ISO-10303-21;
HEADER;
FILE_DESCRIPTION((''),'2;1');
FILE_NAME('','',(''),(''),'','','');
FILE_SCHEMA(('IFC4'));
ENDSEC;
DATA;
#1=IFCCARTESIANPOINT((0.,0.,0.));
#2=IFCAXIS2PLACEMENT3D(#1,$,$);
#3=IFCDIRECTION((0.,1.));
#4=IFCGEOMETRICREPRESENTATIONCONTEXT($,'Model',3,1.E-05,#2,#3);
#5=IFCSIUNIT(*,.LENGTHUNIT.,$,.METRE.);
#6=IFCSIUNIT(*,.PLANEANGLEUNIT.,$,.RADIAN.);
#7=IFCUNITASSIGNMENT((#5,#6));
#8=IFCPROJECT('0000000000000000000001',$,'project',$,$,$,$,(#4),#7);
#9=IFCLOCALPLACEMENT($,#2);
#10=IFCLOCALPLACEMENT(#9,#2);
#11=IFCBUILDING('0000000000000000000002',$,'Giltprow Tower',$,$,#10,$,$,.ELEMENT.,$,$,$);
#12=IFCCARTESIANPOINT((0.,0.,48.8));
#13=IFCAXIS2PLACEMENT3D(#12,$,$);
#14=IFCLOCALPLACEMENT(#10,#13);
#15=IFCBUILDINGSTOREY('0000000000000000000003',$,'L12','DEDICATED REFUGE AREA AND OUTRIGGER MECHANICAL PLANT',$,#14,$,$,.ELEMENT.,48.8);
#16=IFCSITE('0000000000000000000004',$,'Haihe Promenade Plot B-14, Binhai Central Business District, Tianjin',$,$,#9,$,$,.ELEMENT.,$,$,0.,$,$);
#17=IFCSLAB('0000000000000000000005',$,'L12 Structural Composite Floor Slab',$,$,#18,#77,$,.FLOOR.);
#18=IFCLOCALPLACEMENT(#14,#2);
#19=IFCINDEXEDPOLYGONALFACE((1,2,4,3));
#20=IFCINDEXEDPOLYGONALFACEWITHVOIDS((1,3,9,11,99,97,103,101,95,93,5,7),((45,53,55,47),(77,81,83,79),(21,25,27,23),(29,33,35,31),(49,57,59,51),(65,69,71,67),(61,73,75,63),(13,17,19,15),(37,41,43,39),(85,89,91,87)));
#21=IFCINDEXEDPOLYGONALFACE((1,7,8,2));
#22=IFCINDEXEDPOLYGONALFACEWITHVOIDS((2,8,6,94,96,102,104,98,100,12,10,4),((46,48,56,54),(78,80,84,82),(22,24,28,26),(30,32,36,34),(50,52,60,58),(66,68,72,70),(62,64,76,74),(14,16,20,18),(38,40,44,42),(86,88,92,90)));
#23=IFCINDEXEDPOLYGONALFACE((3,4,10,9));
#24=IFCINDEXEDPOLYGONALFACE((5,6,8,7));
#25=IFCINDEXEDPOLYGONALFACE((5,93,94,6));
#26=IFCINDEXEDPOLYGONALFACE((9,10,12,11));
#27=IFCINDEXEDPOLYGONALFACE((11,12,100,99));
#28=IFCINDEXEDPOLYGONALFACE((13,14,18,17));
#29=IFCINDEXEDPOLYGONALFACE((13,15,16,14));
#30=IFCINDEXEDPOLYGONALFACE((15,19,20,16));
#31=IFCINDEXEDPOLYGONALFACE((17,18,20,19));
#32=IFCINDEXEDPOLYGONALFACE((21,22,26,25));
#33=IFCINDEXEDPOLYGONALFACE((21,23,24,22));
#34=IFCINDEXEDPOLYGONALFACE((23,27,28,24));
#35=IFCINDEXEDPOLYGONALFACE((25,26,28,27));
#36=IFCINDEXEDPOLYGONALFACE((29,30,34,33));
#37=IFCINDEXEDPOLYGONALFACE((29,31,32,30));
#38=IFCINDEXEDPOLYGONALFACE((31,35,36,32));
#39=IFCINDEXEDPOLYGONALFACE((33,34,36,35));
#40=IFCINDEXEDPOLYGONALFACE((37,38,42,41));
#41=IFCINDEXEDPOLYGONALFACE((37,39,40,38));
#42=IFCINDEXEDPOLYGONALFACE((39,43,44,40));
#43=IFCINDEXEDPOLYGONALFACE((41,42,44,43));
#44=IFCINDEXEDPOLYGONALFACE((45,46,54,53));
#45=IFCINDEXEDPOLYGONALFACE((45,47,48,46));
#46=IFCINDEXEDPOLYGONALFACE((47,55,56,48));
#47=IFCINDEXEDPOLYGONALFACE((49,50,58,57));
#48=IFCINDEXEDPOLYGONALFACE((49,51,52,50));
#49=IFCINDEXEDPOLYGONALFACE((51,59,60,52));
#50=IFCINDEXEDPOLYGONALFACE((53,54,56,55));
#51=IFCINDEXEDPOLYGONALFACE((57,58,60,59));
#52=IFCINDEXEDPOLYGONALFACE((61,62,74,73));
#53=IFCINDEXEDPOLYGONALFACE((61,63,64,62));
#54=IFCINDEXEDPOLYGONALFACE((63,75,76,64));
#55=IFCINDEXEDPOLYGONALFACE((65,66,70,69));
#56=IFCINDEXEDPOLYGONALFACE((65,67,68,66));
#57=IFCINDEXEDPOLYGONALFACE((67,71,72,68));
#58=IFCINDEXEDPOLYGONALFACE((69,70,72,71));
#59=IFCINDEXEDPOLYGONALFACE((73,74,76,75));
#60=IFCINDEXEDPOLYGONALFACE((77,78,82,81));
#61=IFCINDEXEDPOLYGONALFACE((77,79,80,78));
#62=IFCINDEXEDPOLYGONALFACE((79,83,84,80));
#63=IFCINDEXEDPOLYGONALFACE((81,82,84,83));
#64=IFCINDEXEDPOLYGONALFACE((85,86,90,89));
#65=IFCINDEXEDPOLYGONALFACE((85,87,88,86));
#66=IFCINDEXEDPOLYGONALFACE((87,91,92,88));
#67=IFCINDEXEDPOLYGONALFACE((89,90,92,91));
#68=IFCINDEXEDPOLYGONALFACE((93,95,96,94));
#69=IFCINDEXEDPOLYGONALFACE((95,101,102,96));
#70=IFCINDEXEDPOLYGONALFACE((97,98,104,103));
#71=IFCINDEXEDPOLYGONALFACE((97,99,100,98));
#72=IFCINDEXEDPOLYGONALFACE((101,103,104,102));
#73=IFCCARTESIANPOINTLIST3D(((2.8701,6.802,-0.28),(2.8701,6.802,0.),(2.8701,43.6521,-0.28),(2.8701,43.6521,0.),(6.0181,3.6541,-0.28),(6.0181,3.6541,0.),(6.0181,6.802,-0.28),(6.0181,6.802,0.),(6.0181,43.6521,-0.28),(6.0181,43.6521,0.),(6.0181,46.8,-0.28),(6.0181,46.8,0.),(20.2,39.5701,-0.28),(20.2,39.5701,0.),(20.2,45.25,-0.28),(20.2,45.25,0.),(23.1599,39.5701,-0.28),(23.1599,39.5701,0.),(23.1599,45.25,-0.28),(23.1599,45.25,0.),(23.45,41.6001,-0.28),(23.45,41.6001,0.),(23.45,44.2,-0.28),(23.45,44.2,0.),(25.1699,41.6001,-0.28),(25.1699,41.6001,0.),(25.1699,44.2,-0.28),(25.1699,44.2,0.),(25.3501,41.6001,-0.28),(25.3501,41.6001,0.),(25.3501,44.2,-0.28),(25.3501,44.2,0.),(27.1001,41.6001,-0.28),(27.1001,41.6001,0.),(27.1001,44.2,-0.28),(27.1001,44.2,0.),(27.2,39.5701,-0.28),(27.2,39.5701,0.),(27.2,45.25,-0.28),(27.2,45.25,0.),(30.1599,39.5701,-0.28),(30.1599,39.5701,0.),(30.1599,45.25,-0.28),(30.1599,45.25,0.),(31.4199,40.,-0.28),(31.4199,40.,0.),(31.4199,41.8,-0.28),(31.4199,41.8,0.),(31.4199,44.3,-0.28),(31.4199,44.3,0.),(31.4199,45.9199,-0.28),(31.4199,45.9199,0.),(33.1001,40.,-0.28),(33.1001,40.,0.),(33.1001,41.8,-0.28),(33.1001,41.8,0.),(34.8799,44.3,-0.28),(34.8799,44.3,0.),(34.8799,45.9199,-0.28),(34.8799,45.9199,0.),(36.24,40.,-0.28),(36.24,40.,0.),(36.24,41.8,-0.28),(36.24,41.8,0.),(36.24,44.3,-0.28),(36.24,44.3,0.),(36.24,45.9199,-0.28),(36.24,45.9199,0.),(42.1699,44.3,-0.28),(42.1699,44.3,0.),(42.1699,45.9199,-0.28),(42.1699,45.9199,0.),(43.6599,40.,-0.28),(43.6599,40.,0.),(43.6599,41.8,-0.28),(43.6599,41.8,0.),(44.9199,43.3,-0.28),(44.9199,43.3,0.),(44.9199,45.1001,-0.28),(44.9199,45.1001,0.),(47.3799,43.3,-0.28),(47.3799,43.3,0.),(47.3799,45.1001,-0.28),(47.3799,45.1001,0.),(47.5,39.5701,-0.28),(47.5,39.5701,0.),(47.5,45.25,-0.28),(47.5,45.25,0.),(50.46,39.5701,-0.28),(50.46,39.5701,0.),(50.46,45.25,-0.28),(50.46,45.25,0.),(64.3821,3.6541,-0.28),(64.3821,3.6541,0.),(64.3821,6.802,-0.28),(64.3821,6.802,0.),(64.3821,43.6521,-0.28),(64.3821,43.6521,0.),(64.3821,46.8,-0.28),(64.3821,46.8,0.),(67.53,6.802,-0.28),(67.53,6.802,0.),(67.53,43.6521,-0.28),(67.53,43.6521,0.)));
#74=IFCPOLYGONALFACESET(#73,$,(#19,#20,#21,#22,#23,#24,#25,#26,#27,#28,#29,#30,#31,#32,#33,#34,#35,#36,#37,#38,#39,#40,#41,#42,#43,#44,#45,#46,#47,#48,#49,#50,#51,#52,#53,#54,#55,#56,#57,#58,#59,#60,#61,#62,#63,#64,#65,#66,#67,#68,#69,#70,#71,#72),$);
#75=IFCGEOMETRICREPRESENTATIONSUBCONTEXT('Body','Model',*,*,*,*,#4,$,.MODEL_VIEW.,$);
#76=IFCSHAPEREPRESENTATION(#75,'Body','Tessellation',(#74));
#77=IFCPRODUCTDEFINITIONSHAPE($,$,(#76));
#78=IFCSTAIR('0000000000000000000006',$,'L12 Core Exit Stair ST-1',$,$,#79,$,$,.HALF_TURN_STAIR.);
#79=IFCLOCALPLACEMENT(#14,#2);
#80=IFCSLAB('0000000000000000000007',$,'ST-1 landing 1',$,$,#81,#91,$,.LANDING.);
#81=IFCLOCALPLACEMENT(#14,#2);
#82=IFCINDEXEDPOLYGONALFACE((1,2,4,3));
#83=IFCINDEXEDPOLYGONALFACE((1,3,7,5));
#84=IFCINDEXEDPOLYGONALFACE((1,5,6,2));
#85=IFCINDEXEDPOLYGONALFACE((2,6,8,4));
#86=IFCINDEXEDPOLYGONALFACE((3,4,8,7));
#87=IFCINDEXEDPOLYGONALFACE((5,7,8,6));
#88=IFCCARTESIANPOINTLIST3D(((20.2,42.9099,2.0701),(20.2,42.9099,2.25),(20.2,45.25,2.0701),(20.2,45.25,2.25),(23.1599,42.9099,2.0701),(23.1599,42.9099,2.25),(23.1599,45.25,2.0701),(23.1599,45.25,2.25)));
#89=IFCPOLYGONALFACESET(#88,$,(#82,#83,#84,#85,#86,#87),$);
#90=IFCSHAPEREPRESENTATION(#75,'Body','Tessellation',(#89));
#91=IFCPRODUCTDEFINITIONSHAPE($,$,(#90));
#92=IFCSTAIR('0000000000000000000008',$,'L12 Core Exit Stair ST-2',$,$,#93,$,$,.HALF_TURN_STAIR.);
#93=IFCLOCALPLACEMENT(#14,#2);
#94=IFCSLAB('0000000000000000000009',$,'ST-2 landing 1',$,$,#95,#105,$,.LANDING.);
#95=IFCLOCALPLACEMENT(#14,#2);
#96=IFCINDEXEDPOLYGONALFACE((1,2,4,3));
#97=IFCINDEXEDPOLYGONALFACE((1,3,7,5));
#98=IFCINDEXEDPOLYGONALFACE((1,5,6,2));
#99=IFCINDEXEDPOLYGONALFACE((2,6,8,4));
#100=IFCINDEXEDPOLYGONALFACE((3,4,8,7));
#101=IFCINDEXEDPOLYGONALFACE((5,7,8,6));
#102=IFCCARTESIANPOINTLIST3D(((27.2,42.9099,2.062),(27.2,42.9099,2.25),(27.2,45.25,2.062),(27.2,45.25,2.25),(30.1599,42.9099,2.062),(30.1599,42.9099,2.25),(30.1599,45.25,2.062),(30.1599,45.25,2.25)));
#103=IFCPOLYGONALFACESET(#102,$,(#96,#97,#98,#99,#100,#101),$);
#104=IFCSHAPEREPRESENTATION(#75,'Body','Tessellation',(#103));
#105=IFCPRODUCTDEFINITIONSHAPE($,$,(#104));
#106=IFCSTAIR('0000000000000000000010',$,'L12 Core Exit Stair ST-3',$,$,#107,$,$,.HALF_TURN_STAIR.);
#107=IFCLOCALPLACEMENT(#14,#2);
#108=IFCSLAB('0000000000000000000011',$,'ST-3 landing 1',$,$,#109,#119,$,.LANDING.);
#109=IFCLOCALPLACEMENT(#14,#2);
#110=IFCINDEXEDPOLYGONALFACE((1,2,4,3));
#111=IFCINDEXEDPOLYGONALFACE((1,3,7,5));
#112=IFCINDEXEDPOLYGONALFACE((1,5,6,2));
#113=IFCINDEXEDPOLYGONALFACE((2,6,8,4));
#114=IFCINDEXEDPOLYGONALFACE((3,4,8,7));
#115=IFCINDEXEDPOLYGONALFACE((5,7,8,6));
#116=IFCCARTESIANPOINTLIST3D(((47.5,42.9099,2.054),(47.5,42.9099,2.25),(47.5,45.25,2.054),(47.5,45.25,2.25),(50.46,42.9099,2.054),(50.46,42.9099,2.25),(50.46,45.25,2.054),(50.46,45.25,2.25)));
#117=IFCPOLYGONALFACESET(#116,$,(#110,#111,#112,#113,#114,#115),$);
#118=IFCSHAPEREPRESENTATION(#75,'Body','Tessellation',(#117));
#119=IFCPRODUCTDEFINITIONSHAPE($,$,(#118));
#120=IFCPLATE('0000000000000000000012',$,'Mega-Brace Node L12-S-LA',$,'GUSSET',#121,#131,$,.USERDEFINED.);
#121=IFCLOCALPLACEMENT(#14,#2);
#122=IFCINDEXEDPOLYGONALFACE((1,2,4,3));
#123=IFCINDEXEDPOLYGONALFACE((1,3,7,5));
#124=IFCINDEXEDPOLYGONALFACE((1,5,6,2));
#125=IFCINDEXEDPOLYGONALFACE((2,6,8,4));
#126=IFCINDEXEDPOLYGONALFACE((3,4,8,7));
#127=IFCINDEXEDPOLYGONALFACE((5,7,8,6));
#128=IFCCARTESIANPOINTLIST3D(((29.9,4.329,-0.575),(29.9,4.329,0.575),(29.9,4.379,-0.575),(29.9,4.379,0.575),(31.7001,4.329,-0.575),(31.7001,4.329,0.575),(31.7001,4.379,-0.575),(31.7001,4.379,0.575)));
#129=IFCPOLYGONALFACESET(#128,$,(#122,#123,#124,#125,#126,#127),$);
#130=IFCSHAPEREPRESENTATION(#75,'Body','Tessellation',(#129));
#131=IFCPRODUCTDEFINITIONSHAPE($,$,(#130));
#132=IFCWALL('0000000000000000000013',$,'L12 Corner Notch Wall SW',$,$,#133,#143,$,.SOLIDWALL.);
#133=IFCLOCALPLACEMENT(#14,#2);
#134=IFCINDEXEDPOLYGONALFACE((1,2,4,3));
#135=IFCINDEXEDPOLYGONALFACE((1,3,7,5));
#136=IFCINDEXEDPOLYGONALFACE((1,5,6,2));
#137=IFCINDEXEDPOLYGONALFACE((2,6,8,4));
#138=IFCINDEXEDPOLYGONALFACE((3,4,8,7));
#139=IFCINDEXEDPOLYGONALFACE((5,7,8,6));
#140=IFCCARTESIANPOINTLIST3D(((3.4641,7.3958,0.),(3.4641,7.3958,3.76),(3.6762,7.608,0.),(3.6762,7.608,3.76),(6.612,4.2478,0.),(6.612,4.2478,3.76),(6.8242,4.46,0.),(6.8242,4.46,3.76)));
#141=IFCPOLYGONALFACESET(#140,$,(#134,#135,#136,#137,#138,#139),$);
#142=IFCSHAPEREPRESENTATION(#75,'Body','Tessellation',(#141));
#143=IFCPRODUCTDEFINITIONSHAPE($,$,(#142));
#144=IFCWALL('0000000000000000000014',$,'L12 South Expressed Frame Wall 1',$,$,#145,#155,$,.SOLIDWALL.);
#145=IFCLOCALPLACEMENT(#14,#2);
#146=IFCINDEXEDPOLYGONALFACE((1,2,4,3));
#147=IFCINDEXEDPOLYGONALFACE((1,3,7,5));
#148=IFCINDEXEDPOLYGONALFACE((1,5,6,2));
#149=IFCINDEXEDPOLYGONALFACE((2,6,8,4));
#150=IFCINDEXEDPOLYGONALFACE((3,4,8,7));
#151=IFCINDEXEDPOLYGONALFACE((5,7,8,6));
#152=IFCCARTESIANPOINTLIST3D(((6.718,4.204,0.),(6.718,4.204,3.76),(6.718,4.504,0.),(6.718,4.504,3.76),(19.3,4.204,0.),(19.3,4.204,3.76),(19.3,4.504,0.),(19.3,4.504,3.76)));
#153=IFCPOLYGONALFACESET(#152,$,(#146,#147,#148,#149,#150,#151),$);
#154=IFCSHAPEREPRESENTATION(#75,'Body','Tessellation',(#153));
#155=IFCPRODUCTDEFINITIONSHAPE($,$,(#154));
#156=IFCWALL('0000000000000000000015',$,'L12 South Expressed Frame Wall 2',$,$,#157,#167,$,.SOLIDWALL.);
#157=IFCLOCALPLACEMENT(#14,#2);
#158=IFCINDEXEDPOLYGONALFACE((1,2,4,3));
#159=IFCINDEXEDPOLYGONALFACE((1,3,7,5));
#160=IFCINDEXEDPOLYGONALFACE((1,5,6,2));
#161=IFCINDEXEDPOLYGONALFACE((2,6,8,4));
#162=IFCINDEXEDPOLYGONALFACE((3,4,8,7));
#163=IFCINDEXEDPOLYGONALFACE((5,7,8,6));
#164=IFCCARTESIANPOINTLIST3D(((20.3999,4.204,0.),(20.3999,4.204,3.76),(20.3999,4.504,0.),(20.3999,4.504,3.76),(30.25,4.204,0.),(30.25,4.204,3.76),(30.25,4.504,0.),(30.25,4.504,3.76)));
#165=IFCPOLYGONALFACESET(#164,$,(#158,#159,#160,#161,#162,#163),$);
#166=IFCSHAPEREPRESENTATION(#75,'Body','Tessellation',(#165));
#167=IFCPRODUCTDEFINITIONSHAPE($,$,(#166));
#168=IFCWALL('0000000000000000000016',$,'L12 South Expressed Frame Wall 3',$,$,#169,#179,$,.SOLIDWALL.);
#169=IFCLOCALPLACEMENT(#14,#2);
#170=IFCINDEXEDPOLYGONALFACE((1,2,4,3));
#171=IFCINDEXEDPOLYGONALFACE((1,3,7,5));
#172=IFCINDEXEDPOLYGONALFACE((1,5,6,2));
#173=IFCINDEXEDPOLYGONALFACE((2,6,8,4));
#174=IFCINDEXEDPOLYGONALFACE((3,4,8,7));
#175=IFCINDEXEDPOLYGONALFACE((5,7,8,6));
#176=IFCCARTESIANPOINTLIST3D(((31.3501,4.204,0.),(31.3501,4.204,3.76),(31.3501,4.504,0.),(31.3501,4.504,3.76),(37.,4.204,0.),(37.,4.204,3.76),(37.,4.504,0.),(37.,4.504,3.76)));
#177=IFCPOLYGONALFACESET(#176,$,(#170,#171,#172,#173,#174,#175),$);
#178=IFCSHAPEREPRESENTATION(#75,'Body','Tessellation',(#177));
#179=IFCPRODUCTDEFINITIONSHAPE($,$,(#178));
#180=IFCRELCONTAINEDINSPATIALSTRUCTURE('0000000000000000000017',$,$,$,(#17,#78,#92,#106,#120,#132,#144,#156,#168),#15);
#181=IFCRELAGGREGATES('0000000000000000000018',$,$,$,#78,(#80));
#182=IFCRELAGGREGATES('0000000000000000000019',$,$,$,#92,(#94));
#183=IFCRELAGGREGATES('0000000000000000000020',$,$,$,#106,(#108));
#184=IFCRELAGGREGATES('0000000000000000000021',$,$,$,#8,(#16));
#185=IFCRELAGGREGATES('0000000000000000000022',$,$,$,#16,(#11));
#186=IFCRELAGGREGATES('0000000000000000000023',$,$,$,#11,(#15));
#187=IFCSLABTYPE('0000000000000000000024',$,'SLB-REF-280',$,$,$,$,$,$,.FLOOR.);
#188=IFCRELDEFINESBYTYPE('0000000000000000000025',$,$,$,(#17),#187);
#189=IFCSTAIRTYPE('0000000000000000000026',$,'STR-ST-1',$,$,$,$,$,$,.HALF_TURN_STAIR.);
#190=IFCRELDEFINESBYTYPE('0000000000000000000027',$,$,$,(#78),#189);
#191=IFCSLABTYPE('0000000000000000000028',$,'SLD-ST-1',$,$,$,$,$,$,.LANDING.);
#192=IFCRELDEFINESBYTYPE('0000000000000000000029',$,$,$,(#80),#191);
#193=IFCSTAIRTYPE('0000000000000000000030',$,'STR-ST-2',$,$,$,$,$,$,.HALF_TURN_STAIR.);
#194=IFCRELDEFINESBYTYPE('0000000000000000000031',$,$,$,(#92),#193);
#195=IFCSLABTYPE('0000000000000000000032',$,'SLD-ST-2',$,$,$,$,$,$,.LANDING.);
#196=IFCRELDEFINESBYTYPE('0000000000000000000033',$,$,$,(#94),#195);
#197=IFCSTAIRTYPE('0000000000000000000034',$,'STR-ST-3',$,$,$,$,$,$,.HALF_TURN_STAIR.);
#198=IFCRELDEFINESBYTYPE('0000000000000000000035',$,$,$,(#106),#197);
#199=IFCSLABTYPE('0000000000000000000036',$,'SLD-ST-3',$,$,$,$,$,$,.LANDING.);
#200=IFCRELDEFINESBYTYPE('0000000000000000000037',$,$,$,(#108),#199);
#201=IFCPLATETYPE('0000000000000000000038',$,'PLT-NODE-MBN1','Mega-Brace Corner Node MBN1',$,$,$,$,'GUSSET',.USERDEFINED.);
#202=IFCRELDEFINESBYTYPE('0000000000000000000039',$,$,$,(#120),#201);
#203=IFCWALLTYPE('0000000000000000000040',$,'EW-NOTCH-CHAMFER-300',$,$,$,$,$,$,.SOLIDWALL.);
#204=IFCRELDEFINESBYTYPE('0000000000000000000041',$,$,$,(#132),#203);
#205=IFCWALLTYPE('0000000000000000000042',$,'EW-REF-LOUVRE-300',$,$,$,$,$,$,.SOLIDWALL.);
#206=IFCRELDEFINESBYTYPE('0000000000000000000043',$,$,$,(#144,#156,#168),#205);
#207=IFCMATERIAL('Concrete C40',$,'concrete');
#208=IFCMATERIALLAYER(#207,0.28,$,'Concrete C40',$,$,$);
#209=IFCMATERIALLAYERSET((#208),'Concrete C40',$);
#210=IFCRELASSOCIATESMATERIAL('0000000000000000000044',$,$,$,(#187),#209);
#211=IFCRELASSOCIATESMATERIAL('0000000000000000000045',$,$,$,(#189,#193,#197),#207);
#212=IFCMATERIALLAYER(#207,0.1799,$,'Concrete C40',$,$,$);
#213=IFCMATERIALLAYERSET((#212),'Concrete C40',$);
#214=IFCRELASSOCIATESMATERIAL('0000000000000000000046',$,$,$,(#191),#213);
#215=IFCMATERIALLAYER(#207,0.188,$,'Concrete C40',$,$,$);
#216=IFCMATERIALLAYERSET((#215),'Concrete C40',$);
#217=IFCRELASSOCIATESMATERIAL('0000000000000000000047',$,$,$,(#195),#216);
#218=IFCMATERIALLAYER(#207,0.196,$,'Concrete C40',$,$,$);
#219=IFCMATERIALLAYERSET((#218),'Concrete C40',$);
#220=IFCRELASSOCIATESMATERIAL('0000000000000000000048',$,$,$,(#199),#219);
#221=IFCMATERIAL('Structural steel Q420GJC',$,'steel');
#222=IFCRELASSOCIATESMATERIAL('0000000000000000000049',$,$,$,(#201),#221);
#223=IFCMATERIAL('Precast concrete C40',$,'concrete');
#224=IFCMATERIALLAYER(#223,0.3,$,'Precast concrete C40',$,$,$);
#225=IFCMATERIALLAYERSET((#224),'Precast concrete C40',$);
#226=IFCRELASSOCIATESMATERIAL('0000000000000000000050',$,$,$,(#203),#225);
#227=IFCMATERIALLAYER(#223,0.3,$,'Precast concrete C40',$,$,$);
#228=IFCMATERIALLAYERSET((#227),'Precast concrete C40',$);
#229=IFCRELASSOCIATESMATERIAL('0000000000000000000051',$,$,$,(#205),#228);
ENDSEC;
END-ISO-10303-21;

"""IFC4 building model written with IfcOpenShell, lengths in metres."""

from ifc_helpers import new_model, si_unit, direction, frame, frame_2d, origin, origin_2d, place, context, subcontext, project, spatial, polyline, rectangle, outline, extrude, source, transform, mapped, material, layer, layer_set, type_object, element, aggregate, save


model = new_model("IFC4")

# Units and contexts
model_context = context("Model", 3, precision=1e-05, world=origin(), true_north=direction((0.0, 1.0)))
body_context = subcontext(model_context, "Body", "Model", "MODEL_VIEW")
ifc_project = project(units=[si_unit("LENGTHUNIT", "METRE"), si_unit("PLANEANGLEUNIT", "RADIAN")], contexts=[model_context])

# Site, building, storey
site_placement = place(None, origin())
site = spatial("IfcSite", under=ifc_project, at=site_placement, Name="Haihe Promenade Plot B-14, Binhai Central Business District, Tianjin", CompositionType="ELEMENT", RefElevation=0.0)
building_placement = place(site_placement, origin())
building = spatial("IfcBuilding", under=site, at=building_placement, Name="Giltprow Tower", CompositionType="ELEMENT")
storey_placement = place(building_placement, frame((0.0, 0.0, 48.8)))
storey = spatial("IfcBuildingStorey", under=building, at=storey_placement, Name="L12", Description="DEDICATED REFUGE AREA AND OUTRIGGER MECHANICAL PLANT", CompositionType="ELEMENT", Elevation=48.8)

# Shared definitions
ifc_material_1 = material(Name="Structural steel Q420GJC", Category="steel")

# Slab
ifc_material_2 = material(Name="Concrete C40", Category="concrete")
ifc_layer_1 = layer(ifc_material_2, 0.28, Name="Concrete C40")
ifc_layer_set_1 = layer_set([ifc_layer_1], Name="Concrete C40")
slab_type_1 = type_object("IfcSlabType", Name="SLB-REF-280", PredefinedType="FLOOR", material=ifc_layer_set_1)
slab_1_placement = place(storey_placement, frame((0.0, 0.0, -0.28)))
element("IfcSlab", 1, at=slab_1_placement, inside=storey, type_object=slab_type_1, Name="L12 Structural Composite Floor Slab", PredefinedType="FLOOR", context=body_context, shape_type="SweptSolid", body=[
    extrude(outline(polyline([(6.0181, 6.802), (2.8701, 6.802), (2.8701, 43.6521), (6.0181, 43.6521), (6.0181, 46.8), (64.3821, 46.8), (64.3821, 43.6521), (67.53, 43.6521), (67.53, 6.802), (64.3821, 6.802), (64.3821, 3.6541), (6.0181, 3.6541), (6.0181, 6.802)]), holes=[polyline([(31.4199, 41.8), (31.4199, 40.0), (33.1001, 40.0), (33.1001, 41.8), (31.4199, 41.8)]), polyline([(43.6599, 41.8), (36.24, 41.8), (36.24, 40.0), (43.6599, 40.0), (43.6599, 41.8)]), polyline([(23.1599, 45.25), (20.2, 45.25), (20.2, 39.5701), (23.1599, 39.5701), (23.1599, 45.25)]), polyline([(30.1599, 39.5701), (30.1599, 45.25), (27.2, 45.25), (27.2, 39.5701), (30.1599, 39.5701)]), polyline([(50.46, 39.5701), (50.46, 45.25), (47.5, 45.25), (47.5, 39.5701), (50.46, 39.5701)]), polyline([(25.1699, 44.2), (23.45, 44.2), (23.45, 41.6001), (25.1699, 41.6001), (25.1699, 44.2)]), polyline([(27.1001, 44.2), (25.3501, 44.2), (25.3501, 41.6001), (27.1001, 41.6001), (27.1001, 44.2)]), polyline([(47.3799, 45.1001), (44.9199, 45.1001), (44.9199, 43.3), (47.3799, 43.3), (47.3799, 45.1001)]), polyline([(34.8799, 44.3), (34.8799, 45.9199), (31.4199, 45.9199), (31.4199, 44.3), (34.8799, 44.3)]), polyline([(42.1699, 44.3), (42.1699, 45.9199), (36.24, 45.9199), (36.24, 44.3), (42.1699, 44.3)])]), origin(), (0.0, 0.0, 1.0), 0.28),
])

# Stairs, slabs
stair_type_1 = type_object("IfcStairType", Name="STR-ST-1", PredefinedType="HALF_TURN_STAIR", material=ifc_material_2)
stair_1_placement = place(storey_placement, origin())
stair_1 = element("IfcStair", 2, at=stair_1_placement, inside=storey, type_object=stair_type_1, Name="L12 Core Exit Stair ST-1", PredefinedType="HALF_TURN_STAIR")
ifc_layer_2 = layer(ifc_material_2, 0.1799, Name="Concrete C40")
ifc_layer_set_2 = layer_set([ifc_layer_2], Name="Concrete C40")
slab_type_2 = type_object("IfcSlabType", Name="SLD-ST-1", PredefinedType="LANDING", material=ifc_layer_set_2)
slab_2_placement = place(storey_placement, frame((0.0, 0.0, 2.0701)))
slab_2 = element("IfcSlab", 3, at=slab_2_placement, type_object=slab_type_2, Name="ST-1 landing 1", PredefinedType="LANDING", context=body_context, shape_type="SweptSolid", body=[
    extrude(outline(polyline([(23.1599, 42.9099), (23.1599, 45.25), (20.2, 45.25), (20.2, 42.9099), (23.1599, 42.9099)])), origin(), (0.0, 0.0, 1.0), 0.1799),
])
aggregate(stair_1, [slab_2])
stair_type_2 = type_object("IfcStairType", Name="STR-ST-2", PredefinedType="HALF_TURN_STAIR", material=ifc_material_2)
stair_2_placement = place(storey_placement, origin())
stair_2 = element("IfcStair", 4, at=stair_2_placement, inside=storey, type_object=stair_type_2, Name="L12 Core Exit Stair ST-2", PredefinedType="HALF_TURN_STAIR")
ifc_layer_3 = layer(ifc_material_2, 0.188, Name="Concrete C40")
ifc_layer_set_3 = layer_set([ifc_layer_3], Name="Concrete C40")
slab_type_3 = type_object("IfcSlabType", Name="SLD-ST-2", PredefinedType="LANDING", material=ifc_layer_set_3)
slab_3_placement = place(storey_placement, frame((0.0, 0.0, 2.062)))
slab_3 = element("IfcSlab", 5, at=slab_3_placement, type_object=slab_type_3, Name="ST-2 landing 1", PredefinedType="LANDING", context=body_context, shape_type="SweptSolid", body=[
    extrude(outline(polyline([(30.1599, 42.9099), (30.1599, 45.25), (27.2, 45.25), (27.2, 42.9099), (30.1599, 42.9099)])), origin(), (0.0, 0.0, 1.0), 0.188),
])
aggregate(stair_2, [slab_3])
stair_type_3 = type_object("IfcStairType", Name="STR-ST-3", PredefinedType="HALF_TURN_STAIR", material=ifc_material_2)
stair_3_placement = place(storey_placement, origin())
stair_3 = element("IfcStair", 6, at=stair_3_placement, inside=storey, type_object=stair_type_3, Name="L12 Core Exit Stair ST-3", PredefinedType="HALF_TURN_STAIR")
ifc_layer_4 = layer(ifc_material_2, 0.196, Name="Concrete C40")
ifc_layer_set_4 = layer_set([ifc_layer_4], Name="Concrete C40")
slab_type_4 = type_object("IfcSlabType", Name="SLD-ST-3", PredefinedType="LANDING", material=ifc_layer_set_4)
slab_4_placement = place(storey_placement, frame((0.0, 0.0, 2.054)))
slab_4 = element("IfcSlab", 7, at=slab_4_placement, type_object=slab_type_4, Name="ST-3 landing 1", PredefinedType="LANDING", context=body_context, shape_type="SweptSolid", body=[
    extrude(outline(polyline([(50.46, 42.9099), (50.46, 45.25), (47.5, 45.25), (47.5, 42.9099), (50.46, 42.9099)])), origin(), (0.0, 0.0, 1.0), 0.196),
])
aggregate(stair_3, [slab_4])

# Plate
plate_type = type_object("IfcPlateType", Name="PLT-NODE-MBN1", Description="Mega-Brace Corner Node MBN1", ElementType="GUSSET", PredefinedType="USERDEFINED", material=ifc_material_1)
shared_shape_1 = source(origin(), body_context, "Body", "SweptSolid", [
    extrude(rectangle(XDim=1.8, YDim=0.05, at=origin_2d()), origin(), (0.0, 0.0, 1.0), 1.1499),
])
plate_placement = place(storey_placement, frame((30.8, 4.354, -0.575), z_axis=(0.0, 0.0, 1.0), x_axis=(1.0, 0.0, 0.0)))
element("IfcPlate", 8, at=plate_placement, inside=storey, type_object=plate_type, Name="Mega-Brace Node L12-S-LA", ObjectType="GUSSET", PredefinedType="USERDEFINED", context=body_context, shape_type="MappedRepresentation", body=[
    mapped(shared_shape_1, transform((0.0, 0.0, 0.0), x_axis=(1.0, 0.0, 0.0), y_axis=(0.0, 1.0, 0.0), z_axis=(0.0, 0.0, 1.0), scale=1.0)),
])

# Walls
ifc_material_3 = material(Name="Precast concrete C40", Category="concrete")
ifc_layer_5 = layer(ifc_material_3, 0.3, Name="Precast concrete C40")
ifc_layer_set_5 = layer_set([ifc_layer_5], Name="Precast concrete C40")
wall_type_1 = type_object("IfcWallType", Name="EW-NOTCH-CHAMFER-300", PredefinedType="SOLIDWALL", material=ifc_layer_set_5)
wall_1_placement = place(storey_placement, frame((3.5701, 7.502, 0.0), z_axis=(0.0, 0.0, 1.0), x_axis=(0.707107, -0.707107, 0.0)))
element("IfcWall", 9, at=wall_1_placement, inside=storey, type_object=wall_type_1, Name="L12 Corner Notch Wall SW", PredefinedType="SOLIDWALL", context=body_context, shape_type="SweptSolid", body=[
    extrude(rectangle(XDim=4.4519, YDim=0.3, at=frame_2d((2.2261, 0.0))), origin(), (0.0, 0.0, 1.0), 3.76),
])
ifc_layer_6 = layer(ifc_material_3, 0.3, Name="Precast concrete C40")
ifc_layer_set_6 = layer_set([ifc_layer_6], Name="Precast concrete C40")
wall_type_2 = type_object("IfcWallType", Name="EW-REF-LOUVRE-300", PredefinedType="SOLIDWALL", material=ifc_layer_set_6)
wall_2_placement = place(storey_placement, frame((6.718, 4.354, 0.0), z_axis=(0.0, 0.0, 1.0), x_axis=(1.0, 0.0, 0.0)))
element("IfcWall", 10, at=wall_2_placement, inside=storey, type_object=wall_type_2, Name="L12 South Expressed Frame Wall 1", PredefinedType="SOLIDWALL", context=body_context, shape_type="SweptSolid", body=[
    extrude(rectangle(XDim=12.582, YDim=0.3, at=frame_2d((6.291, 0.0))), origin(), (0.0, 0.0, 1.0), 3.76),
])
wall_3_placement = place(storey_placement, frame((20.3999, 4.354, 0.0), z_axis=(0.0, 0.0, 1.0), x_axis=(1.0, 0.0, 0.0)))
element("IfcWall", 11, at=wall_3_placement, inside=storey, type_object=wall_type_2, Name="L12 South Expressed Frame Wall 2", PredefinedType="SOLIDWALL", context=body_context, shape_type="SweptSolid", body=[
    extrude(rectangle(XDim=9.8501, YDim=0.3, at=frame_2d((4.925, 0.0))), origin(), (0.0, 0.0, 1.0), 3.76),
])
wall_4_placement = place(storey_placement, frame((31.3501, 4.354, 0.0), z_axis=(0.0, 0.0, 1.0), x_axis=(1.0, 0.0, 0.0)))
element("IfcWall", 12, at=wall_4_placement, inside=storey, type_object=wall_type_2, Name="L12 South Expressed Frame Wall 3", PredefinedType="SOLIDWALL", context=body_context, shape_type="SweptSolid", body=[
    extrude(rectangle(XDim=5.6499, YDim=0.3, at=frame_2d((2.825, 0.0))), origin(), (0.0, 0.0, 1.0), 3.76),
])

save(model, "model.ifc")
